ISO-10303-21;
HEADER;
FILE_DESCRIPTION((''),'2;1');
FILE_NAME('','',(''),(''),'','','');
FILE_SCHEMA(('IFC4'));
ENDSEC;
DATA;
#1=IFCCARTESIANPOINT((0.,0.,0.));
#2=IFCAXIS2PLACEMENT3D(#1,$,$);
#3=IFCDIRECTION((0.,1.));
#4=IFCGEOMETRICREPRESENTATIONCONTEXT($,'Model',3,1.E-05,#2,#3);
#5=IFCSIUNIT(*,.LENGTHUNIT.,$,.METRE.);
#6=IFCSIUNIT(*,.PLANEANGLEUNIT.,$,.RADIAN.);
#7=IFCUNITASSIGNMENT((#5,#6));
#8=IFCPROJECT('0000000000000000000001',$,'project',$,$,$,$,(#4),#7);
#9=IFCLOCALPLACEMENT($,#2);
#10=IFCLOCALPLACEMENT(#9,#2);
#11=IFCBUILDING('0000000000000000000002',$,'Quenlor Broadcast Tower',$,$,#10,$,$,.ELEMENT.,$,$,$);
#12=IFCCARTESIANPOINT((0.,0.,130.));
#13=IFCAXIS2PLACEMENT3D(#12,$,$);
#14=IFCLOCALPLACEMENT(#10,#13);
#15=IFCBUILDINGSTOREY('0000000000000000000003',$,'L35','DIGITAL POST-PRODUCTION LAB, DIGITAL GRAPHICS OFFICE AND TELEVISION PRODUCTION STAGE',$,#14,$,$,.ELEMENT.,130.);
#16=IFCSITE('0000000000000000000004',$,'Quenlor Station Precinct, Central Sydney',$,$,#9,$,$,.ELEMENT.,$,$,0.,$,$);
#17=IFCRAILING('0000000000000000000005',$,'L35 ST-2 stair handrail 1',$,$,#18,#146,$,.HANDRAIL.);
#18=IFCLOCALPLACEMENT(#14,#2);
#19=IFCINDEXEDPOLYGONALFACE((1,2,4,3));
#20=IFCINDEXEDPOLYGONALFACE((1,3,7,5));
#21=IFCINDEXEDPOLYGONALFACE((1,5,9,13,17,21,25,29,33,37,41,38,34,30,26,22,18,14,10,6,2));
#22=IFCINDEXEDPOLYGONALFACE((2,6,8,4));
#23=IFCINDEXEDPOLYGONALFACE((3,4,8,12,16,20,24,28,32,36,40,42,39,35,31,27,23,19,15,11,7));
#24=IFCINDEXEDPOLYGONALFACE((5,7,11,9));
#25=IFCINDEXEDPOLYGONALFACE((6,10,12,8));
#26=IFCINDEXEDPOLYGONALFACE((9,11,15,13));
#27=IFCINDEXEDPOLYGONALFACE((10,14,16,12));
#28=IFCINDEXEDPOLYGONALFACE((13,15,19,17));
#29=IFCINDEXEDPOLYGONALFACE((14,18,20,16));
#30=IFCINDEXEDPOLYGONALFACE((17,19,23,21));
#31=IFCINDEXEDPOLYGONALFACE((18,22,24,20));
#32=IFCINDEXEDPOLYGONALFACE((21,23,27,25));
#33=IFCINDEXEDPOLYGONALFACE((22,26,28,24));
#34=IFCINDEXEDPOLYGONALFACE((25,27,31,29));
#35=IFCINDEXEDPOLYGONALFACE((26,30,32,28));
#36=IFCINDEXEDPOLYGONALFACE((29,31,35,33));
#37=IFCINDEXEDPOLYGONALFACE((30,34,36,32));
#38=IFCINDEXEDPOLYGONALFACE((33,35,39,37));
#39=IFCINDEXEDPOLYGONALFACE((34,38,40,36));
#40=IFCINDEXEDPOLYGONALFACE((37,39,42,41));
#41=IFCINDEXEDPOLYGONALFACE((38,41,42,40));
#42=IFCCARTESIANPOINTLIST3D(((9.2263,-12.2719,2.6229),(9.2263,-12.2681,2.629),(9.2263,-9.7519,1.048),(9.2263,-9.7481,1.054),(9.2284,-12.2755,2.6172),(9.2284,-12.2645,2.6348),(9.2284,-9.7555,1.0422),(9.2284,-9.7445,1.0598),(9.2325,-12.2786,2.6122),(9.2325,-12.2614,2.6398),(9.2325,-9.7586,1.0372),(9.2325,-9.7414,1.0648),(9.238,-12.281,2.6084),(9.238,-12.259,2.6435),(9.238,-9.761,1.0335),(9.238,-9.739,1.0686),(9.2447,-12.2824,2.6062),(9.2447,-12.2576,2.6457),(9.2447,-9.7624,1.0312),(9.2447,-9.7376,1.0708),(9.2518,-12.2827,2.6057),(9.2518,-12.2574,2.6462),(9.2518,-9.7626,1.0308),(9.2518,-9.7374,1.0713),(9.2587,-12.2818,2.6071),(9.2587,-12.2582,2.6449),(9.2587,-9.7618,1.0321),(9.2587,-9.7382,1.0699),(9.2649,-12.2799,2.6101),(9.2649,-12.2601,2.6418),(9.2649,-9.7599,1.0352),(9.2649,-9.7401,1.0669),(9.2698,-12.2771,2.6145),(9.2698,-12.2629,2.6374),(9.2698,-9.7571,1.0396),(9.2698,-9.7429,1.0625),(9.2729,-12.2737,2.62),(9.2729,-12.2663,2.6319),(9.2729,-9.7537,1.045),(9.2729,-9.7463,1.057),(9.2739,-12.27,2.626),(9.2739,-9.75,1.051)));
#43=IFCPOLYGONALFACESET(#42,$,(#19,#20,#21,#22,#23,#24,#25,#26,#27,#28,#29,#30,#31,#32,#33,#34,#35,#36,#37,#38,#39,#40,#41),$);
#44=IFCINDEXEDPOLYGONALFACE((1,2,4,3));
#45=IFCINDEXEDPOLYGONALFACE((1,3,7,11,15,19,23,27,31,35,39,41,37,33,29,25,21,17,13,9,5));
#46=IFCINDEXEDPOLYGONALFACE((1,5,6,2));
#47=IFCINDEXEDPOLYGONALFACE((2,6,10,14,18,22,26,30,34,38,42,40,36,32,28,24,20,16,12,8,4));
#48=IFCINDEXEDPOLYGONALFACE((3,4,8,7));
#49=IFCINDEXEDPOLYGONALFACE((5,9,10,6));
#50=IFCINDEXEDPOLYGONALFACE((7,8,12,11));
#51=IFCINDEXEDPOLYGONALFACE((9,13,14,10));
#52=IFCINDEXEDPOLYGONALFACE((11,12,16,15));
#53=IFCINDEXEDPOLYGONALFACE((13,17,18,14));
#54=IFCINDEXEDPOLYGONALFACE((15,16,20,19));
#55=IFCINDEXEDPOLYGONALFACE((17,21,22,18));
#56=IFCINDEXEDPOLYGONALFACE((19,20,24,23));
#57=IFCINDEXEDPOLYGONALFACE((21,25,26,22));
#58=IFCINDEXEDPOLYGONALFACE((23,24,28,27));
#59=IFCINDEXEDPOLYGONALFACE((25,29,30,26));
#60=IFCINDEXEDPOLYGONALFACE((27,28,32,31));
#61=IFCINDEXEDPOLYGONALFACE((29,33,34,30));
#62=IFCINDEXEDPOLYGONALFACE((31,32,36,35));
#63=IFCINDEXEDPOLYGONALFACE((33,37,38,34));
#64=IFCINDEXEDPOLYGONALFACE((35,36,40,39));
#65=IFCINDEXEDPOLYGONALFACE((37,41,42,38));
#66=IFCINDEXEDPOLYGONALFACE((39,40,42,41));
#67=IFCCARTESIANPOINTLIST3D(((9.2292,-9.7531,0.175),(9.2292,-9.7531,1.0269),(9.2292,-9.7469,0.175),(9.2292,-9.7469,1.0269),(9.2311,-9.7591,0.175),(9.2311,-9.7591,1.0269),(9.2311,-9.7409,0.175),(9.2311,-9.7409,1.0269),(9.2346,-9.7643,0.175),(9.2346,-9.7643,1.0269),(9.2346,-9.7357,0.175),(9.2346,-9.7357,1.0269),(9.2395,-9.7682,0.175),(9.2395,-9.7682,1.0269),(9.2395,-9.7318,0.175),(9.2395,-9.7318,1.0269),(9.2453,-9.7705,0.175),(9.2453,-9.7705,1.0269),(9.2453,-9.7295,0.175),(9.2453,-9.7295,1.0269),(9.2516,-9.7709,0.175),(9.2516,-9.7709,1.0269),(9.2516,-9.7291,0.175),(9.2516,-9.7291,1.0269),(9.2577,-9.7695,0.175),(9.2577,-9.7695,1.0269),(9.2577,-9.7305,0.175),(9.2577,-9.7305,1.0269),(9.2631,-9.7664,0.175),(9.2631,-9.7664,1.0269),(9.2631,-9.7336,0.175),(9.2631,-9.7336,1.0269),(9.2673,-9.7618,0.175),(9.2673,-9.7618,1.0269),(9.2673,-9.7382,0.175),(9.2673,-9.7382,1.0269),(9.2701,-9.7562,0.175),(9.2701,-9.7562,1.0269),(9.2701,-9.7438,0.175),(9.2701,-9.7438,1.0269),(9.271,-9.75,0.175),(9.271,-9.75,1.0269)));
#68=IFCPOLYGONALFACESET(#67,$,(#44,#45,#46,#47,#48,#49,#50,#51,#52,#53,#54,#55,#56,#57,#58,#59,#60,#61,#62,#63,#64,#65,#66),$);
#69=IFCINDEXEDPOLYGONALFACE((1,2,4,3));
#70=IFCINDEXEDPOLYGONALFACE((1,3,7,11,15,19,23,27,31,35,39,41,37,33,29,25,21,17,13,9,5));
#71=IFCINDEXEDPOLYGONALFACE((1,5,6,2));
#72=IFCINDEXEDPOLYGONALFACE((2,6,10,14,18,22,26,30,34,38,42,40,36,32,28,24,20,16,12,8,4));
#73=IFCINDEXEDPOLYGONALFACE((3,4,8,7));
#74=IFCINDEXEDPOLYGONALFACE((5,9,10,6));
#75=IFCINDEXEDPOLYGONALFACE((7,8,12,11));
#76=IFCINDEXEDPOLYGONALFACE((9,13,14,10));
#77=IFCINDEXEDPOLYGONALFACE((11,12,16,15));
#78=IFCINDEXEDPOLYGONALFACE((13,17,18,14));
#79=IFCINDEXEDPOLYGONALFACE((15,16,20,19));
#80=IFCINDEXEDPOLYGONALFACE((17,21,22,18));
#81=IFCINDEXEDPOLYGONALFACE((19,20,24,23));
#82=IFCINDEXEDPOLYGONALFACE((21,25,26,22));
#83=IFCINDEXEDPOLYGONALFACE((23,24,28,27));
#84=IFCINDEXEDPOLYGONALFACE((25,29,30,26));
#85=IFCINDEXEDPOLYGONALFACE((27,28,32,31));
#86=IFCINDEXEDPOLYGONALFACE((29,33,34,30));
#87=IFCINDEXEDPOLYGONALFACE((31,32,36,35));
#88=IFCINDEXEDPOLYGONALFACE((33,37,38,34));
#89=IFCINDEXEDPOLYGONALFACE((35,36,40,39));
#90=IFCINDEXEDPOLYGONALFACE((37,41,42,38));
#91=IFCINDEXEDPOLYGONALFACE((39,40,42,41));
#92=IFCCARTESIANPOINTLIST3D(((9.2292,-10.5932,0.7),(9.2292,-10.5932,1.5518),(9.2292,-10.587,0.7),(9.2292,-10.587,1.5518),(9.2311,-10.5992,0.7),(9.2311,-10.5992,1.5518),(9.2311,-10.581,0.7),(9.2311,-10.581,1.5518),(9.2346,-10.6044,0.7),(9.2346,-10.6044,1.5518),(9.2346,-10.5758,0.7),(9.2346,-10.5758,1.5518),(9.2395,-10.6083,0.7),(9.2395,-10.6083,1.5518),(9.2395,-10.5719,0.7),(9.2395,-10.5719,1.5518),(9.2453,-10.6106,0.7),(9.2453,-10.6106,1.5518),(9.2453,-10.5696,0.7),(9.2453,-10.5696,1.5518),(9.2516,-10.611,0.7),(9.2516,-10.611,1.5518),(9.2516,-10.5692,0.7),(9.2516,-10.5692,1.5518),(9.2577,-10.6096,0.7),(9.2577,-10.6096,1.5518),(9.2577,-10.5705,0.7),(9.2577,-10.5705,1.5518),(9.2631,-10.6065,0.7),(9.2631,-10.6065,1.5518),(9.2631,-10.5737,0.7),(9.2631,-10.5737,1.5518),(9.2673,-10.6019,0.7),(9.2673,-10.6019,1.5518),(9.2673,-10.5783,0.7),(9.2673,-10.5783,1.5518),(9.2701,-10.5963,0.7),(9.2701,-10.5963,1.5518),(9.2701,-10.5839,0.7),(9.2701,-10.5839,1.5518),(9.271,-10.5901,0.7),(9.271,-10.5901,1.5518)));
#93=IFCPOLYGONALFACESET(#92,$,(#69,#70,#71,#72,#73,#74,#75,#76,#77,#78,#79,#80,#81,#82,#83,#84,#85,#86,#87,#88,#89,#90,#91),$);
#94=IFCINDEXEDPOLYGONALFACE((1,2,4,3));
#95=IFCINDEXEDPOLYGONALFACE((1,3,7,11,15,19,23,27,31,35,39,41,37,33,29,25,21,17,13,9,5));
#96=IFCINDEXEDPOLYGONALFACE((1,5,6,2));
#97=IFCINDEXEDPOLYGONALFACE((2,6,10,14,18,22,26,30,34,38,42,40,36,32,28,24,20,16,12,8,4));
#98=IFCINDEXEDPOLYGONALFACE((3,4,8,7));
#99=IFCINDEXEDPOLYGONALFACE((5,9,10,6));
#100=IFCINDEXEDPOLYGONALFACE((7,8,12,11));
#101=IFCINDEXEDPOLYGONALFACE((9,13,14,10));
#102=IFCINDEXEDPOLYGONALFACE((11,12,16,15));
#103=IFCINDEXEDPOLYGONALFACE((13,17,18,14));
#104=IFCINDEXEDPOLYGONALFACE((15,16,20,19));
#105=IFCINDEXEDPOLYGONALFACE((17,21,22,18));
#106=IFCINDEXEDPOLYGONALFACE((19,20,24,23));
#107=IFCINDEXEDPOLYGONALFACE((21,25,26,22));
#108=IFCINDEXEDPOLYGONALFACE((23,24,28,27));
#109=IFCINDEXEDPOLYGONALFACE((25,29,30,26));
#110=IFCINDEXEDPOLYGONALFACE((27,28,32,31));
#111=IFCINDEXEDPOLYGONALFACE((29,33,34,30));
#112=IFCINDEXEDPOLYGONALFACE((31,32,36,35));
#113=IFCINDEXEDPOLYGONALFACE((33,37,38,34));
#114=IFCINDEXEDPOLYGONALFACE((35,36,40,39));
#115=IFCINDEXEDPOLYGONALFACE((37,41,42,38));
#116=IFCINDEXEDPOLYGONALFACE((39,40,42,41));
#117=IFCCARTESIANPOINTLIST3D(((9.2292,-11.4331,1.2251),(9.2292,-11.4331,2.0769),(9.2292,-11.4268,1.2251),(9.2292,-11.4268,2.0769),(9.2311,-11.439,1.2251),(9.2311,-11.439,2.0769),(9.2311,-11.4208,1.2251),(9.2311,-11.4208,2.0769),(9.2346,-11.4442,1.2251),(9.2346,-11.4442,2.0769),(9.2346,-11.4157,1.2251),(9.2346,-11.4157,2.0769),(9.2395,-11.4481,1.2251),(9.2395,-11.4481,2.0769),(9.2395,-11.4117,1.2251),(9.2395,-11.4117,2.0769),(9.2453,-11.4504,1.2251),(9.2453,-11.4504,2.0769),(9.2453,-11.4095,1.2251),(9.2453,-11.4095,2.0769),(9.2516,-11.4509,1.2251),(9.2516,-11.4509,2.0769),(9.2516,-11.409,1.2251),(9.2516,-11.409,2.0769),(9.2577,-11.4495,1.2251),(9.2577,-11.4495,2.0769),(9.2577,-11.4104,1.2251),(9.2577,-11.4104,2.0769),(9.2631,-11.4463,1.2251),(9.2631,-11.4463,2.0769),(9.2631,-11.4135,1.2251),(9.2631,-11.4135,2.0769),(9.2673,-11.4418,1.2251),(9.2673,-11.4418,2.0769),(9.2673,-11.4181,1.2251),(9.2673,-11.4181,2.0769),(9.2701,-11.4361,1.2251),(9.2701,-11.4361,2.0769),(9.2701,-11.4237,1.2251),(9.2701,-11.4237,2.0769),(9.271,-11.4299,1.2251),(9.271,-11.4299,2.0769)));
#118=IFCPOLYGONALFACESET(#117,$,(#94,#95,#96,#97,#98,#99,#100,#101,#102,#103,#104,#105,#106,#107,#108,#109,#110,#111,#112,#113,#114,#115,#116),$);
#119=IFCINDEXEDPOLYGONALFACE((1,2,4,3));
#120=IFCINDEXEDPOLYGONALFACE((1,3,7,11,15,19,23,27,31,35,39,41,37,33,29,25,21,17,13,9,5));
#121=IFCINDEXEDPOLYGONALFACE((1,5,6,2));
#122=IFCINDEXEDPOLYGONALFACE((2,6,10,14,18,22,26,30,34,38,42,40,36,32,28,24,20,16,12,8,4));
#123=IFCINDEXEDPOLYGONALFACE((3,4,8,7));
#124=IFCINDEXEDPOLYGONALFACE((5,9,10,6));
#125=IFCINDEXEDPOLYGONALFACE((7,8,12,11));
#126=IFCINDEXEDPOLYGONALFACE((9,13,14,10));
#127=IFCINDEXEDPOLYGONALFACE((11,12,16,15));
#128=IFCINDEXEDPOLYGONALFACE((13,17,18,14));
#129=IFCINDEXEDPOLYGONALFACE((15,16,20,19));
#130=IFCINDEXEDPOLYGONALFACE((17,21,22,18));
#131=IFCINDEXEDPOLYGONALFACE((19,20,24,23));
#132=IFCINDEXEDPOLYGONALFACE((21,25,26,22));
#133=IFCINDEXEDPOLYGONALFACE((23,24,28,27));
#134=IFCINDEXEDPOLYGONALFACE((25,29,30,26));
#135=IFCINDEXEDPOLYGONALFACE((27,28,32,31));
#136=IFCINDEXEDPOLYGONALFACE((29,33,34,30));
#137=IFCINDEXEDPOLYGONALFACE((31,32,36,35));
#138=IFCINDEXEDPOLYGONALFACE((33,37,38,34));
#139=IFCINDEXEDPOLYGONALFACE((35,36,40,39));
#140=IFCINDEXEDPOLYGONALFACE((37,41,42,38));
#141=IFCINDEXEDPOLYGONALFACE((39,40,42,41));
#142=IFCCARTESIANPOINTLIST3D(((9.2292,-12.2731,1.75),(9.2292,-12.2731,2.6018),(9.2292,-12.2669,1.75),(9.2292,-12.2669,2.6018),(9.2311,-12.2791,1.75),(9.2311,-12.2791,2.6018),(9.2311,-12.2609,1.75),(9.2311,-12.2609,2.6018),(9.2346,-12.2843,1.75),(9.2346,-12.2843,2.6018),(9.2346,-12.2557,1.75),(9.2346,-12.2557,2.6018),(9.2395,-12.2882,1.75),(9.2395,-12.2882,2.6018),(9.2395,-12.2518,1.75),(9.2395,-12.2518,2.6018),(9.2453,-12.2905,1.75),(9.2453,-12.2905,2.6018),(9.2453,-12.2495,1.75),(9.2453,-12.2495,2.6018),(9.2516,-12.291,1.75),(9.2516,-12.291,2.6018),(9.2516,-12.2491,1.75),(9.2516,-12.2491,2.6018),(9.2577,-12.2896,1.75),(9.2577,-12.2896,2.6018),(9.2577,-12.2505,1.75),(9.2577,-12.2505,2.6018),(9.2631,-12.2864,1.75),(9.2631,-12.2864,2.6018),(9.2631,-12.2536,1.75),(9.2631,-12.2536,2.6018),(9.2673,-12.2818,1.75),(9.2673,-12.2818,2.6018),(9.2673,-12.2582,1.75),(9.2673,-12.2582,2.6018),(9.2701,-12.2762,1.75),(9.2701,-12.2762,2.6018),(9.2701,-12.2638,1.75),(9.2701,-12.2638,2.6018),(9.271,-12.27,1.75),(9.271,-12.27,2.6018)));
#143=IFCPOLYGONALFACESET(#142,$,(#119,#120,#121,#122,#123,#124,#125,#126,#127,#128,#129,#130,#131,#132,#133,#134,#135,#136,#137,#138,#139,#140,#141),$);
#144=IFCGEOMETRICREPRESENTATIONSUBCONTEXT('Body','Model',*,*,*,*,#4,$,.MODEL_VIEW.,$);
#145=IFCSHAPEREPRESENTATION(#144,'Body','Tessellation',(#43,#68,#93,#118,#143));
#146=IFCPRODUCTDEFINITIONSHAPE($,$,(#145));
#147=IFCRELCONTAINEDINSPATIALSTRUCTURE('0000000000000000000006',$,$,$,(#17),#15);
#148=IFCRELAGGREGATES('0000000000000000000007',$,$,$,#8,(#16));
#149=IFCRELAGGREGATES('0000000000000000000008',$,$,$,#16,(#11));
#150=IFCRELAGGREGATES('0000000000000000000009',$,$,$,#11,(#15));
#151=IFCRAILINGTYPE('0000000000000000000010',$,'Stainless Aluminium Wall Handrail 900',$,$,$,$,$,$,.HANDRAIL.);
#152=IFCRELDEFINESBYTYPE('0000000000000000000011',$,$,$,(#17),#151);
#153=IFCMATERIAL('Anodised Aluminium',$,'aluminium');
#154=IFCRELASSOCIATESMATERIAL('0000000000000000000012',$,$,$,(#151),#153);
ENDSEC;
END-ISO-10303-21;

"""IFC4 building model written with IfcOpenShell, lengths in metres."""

from ifc_helpers import new_model, si_unit, direction, frame, origin, origin_2d, place, context, subcontext, project, spatial, circle, extrude, material, type_object, element, save


model = new_model("IFC4")

# Units and contexts
model_context = context("Model", 3, precision=1e-05, world=origin(), true_north=direction((0.0, 1.0)))
body_context = subcontext(model_context, "Body", "Model", "MODEL_VIEW")
ifc_project = project(units=[si_unit("LENGTHUNIT", "METRE"), si_unit("PLANEANGLEUNIT", "RADIAN")], contexts=[model_context])

# Site, building, storey
site_placement = place(None, origin())
site = spatial("IfcSite", under=ifc_project, at=site_placement, Name="Quenlor Station Precinct, Central Sydney", CompositionType="ELEMENT", RefElevation=0.0)
building_placement = place(site_placement, origin())
building = spatial("IfcBuilding", under=site, at=building_placement, Name="Quenlor Broadcast Tower", CompositionType="ELEMENT")
storey_placement = place(building_placement, frame((0.0, 0.0, 130.0)))
storey = spatial("IfcBuildingStorey", under=building, at=storey_placement, Name="L35", Description="DIGITAL POST-PRODUCTION LAB, DIGITAL GRAPHICS OFFICE AND TELEVISION PRODUCTION STAGE", CompositionType="ELEMENT", Elevation=130.0)

# Railing
ifc_material_1 = material(Name="Anodised Aluminium", Category="aluminium")
railing_type_1 = type_object("IfcRailingType", Name="Stainless Aluminium Wall Handrail 900", PredefinedType="HANDRAIL", material=ifc_material_1)
railing_1_placement = place(storey_placement, frame((9.25, -9.75, 0.175)))
element("IfcRailing", 1, at=railing_1_placement, inside=storey, type_object=railing_type_1, Name="L35 ST-2 stair handrail 1", PredefinedType="HANDRAIL", context=body_context, shape_type="SweptSolid", body=[
    extrude(circle(Radius=0.0239, at=origin_2d()), frame((0.0, 0.0, 0.876), z_axis=(0.0, -0.848008, 0.529984), x_axis=(1.0, 0.0, 0.0)), (0.0, 0.0, 1.0), 2.9717),
    extrude(circle(Radius=0.021, at=origin_2d()), origin(), (0.0, 0.0, 1.0), 0.8518),
    extrude(circle(Radius=0.021, at=origin_2d()), frame((0.0, -0.8401, 0.5249)), (0.0, 0.0, 1.0), 0.8518),
    extrude(circle(Radius=0.021, at=origin_2d()), frame((0.0, -1.6799, 1.05)), (0.0, 0.0, 1.0), 0.8518),
    extrude(circle(Radius=0.021, at=origin_2d()), frame((0.0, -2.52, 1.575)), (0.0, 0.0, 1.0), 0.8518),
])

save(model, "model.ifc")
